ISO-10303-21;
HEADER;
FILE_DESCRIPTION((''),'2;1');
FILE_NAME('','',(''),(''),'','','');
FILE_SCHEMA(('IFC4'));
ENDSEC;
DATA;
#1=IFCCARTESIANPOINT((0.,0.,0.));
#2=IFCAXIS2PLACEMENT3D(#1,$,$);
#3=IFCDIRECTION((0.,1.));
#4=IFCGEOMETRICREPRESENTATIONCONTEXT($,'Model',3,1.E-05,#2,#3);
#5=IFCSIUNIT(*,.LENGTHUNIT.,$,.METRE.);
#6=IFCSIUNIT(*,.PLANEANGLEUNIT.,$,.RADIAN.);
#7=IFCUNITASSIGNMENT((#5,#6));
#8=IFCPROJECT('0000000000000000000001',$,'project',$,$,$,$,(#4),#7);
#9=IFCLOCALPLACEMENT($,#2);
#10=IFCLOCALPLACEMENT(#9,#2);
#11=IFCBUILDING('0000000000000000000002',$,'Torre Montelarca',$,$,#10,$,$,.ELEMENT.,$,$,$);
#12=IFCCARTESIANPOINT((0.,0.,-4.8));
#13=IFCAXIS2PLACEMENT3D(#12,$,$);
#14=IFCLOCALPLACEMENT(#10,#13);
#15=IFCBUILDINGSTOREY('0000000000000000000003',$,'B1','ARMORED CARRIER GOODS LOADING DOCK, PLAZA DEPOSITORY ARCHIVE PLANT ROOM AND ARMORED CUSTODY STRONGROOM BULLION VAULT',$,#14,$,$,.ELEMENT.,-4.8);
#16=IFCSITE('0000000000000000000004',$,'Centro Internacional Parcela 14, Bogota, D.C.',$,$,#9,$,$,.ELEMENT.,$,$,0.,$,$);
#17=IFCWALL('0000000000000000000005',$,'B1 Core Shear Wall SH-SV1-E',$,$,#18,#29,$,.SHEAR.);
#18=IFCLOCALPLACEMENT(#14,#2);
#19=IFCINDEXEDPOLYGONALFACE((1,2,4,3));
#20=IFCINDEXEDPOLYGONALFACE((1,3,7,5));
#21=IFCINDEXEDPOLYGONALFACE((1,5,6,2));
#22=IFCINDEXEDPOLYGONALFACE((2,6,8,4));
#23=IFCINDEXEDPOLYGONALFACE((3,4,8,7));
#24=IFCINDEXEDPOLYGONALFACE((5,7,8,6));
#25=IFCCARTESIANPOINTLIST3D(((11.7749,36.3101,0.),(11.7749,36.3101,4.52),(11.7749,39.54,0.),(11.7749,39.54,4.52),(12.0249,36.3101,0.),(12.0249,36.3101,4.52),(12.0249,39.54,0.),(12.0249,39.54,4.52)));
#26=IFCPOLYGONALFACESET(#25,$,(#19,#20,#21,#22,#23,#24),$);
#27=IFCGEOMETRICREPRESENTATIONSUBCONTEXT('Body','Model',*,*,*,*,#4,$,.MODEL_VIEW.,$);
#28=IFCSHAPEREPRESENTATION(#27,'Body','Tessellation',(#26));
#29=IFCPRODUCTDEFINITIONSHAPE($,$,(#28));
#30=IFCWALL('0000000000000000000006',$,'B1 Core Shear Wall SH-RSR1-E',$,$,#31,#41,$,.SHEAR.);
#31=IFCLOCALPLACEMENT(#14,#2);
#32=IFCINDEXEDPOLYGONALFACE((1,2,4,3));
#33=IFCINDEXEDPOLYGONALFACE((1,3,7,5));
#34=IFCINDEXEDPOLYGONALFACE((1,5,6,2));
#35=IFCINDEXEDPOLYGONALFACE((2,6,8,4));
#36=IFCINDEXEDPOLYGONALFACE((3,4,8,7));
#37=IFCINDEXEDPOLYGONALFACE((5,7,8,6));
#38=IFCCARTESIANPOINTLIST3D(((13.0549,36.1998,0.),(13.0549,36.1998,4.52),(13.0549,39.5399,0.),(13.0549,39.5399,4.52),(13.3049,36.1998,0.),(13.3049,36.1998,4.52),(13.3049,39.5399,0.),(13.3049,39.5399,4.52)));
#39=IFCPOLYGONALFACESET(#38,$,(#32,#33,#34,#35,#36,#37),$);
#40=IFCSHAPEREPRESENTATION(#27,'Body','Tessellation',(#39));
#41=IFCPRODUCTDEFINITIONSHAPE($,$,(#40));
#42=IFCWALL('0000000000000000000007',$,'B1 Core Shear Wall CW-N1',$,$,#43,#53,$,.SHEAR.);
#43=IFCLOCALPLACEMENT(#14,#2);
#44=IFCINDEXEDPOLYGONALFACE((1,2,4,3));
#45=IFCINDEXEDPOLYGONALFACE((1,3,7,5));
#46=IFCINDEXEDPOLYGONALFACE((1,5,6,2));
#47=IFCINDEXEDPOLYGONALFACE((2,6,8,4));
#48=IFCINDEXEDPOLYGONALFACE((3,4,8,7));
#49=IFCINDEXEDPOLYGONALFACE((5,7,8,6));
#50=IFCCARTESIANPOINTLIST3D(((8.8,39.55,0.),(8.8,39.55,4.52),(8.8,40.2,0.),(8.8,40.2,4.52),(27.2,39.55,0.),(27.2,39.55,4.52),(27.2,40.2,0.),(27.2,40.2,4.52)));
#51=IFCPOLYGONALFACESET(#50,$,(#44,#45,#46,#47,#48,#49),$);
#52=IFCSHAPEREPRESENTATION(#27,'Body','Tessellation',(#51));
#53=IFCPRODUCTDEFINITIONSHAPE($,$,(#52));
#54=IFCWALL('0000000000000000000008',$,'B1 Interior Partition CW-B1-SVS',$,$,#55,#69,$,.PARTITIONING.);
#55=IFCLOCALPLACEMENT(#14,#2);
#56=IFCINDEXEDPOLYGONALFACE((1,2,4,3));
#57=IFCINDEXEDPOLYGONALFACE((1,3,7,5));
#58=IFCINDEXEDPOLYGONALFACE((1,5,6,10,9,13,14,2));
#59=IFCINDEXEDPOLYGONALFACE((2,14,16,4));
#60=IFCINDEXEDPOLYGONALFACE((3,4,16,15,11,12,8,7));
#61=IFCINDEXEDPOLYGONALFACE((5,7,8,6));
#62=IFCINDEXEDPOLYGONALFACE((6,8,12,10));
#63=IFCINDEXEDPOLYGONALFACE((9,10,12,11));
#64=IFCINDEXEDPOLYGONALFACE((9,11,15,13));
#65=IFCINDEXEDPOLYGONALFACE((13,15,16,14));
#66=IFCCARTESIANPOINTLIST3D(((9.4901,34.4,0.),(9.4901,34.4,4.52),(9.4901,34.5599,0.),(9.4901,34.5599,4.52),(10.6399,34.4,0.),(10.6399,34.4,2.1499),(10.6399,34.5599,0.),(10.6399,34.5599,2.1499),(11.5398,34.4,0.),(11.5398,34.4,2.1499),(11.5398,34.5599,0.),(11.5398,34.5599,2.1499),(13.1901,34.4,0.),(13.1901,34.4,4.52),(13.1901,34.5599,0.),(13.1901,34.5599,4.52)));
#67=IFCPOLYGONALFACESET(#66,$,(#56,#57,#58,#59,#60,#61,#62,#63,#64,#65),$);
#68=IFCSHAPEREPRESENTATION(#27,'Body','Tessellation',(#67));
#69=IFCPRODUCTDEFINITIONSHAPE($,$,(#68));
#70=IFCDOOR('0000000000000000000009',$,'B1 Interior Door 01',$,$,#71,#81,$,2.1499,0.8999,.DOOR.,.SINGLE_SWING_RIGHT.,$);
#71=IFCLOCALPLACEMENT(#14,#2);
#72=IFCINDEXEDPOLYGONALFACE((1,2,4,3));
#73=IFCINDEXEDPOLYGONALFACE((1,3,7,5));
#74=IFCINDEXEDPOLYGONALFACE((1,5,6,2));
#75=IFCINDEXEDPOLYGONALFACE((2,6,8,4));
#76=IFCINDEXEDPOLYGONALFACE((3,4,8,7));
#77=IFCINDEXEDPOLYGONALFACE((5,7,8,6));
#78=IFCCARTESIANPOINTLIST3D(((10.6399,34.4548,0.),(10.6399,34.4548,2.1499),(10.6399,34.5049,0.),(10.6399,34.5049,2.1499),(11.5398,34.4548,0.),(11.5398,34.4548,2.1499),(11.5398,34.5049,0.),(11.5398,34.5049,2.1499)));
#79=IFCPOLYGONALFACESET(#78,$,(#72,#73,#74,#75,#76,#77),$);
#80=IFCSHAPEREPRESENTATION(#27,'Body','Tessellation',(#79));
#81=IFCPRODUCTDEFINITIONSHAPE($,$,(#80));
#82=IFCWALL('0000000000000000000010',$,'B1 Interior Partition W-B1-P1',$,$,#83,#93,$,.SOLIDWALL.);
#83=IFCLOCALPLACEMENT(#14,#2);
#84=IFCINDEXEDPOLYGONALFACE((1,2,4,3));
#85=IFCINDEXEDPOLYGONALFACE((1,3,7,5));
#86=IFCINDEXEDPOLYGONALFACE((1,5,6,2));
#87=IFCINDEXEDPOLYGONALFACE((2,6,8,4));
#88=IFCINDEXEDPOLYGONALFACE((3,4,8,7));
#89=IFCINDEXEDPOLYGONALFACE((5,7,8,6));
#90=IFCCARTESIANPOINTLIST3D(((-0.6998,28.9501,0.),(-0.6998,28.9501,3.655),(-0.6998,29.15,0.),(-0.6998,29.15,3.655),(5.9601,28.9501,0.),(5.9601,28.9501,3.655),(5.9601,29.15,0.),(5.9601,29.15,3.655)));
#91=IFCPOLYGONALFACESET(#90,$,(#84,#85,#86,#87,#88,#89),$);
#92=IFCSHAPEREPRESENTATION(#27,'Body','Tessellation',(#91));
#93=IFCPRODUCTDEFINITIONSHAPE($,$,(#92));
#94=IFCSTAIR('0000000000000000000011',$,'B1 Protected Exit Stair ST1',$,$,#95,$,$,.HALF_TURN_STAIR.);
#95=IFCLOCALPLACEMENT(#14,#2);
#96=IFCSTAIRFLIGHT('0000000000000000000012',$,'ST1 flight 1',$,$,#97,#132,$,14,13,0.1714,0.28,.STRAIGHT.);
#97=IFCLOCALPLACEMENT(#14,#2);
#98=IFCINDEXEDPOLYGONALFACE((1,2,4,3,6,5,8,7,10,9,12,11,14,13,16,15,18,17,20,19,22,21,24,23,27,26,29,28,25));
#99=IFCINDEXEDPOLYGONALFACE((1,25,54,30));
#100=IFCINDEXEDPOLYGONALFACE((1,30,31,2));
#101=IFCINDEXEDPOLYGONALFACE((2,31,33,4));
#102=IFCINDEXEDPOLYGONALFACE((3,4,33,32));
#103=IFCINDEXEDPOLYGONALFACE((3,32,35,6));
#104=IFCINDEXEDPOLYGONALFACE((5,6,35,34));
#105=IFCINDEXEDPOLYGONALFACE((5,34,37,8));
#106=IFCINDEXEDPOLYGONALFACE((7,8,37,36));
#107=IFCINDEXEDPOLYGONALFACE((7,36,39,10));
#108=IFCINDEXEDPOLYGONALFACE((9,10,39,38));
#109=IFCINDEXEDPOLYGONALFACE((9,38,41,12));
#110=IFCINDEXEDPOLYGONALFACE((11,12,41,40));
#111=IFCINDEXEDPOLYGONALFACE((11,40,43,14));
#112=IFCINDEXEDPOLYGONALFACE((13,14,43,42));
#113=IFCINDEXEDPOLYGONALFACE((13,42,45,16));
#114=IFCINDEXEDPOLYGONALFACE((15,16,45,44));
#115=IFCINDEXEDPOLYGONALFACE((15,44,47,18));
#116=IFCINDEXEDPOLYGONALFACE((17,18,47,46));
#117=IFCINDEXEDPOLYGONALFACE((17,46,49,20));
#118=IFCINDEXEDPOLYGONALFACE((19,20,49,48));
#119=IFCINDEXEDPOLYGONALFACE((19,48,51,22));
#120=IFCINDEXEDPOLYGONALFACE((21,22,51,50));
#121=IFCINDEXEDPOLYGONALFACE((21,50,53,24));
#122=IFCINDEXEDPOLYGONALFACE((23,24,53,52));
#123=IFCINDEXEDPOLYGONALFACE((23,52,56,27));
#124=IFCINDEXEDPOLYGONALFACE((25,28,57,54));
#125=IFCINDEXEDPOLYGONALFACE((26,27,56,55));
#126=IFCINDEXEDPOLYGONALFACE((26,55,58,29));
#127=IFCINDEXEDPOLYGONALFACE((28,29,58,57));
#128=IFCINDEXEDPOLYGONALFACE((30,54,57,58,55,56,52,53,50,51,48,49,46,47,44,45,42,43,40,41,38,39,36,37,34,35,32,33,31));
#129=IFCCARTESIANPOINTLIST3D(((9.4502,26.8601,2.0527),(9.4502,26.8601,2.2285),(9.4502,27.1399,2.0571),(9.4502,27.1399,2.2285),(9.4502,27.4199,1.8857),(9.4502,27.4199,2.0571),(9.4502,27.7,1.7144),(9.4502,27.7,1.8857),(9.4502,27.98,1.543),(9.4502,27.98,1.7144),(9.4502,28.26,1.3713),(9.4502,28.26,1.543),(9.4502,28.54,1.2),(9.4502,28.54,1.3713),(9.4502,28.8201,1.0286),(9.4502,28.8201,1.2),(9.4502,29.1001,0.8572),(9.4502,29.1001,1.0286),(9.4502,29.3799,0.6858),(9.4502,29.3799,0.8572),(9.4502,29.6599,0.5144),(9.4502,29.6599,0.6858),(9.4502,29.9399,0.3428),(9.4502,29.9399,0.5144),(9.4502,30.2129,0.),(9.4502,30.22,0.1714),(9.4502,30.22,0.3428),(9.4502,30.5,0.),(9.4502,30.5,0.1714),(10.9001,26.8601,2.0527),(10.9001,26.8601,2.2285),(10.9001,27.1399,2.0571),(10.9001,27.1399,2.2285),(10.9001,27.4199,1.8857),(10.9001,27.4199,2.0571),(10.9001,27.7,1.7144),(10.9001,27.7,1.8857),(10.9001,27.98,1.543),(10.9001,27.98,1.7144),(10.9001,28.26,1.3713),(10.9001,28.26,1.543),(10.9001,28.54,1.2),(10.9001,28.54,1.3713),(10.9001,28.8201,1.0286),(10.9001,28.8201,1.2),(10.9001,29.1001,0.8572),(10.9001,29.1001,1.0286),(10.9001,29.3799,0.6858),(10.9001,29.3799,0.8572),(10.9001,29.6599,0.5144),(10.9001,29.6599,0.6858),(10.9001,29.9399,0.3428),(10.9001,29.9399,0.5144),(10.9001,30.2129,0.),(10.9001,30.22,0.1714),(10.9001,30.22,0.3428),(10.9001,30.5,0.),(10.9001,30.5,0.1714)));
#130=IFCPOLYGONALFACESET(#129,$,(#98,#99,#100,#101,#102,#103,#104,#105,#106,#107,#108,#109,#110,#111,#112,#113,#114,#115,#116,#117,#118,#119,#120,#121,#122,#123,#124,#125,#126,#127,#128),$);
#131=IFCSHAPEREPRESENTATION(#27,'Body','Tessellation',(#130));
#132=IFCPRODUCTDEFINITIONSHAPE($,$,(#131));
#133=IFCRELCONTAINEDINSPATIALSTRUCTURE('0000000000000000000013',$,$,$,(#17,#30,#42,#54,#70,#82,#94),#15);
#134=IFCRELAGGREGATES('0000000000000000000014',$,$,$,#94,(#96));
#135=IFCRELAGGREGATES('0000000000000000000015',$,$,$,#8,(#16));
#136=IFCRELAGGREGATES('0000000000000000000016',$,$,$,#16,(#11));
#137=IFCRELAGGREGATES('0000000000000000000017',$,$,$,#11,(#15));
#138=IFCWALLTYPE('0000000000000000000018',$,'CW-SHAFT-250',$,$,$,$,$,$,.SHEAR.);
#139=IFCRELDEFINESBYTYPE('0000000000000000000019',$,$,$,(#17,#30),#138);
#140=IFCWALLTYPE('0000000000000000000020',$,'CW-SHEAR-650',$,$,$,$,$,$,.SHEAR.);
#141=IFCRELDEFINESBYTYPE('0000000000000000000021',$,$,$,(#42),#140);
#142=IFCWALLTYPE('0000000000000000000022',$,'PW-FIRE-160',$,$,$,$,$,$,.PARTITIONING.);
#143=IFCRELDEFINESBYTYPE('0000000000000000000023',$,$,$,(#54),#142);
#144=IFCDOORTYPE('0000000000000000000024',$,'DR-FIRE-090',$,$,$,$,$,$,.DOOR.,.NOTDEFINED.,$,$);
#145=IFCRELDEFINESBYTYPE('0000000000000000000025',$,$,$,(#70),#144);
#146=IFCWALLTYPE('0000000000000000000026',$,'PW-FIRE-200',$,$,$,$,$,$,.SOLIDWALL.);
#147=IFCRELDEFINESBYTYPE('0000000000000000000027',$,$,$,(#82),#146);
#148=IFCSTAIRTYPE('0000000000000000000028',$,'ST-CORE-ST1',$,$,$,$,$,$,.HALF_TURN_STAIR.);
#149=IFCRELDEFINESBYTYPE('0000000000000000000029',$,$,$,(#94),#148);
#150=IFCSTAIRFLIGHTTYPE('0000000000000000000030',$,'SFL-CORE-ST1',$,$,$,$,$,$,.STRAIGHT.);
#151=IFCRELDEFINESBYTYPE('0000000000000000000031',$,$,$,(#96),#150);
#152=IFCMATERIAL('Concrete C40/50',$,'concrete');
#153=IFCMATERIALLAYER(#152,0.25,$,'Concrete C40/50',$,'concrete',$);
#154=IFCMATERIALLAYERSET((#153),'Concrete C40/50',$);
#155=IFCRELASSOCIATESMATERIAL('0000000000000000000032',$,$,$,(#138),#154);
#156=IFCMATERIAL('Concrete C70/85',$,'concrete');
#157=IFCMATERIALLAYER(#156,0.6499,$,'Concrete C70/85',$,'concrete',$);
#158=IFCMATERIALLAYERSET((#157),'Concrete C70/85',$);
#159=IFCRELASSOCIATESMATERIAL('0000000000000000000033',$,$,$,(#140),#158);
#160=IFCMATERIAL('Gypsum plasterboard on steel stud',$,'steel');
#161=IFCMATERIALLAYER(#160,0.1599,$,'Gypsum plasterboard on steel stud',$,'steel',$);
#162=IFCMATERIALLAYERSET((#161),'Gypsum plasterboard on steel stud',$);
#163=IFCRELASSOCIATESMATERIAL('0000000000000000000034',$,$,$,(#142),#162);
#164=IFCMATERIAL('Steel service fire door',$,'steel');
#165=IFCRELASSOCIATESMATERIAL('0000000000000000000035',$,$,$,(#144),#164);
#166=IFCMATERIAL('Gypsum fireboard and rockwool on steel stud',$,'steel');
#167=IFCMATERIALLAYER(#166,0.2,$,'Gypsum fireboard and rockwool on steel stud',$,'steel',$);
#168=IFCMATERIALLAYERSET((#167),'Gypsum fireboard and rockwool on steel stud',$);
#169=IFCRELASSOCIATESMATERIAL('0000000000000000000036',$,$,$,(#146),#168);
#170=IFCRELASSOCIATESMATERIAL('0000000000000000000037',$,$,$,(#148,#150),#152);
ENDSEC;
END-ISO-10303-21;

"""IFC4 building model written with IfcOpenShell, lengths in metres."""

from ifc_helpers import new_model, si_unit, direction, frame, frame_2d, origin, place, context, subcontext, project, spatial, polyline, rectangle, outline, extrude, source, transform, mapped, material, layer, layer_set, type_object, element, fill, aggregate, save


model = new_model("IFC4")

# Units and contexts
model_context = context("Model", 3, precision=1e-05, world=origin(), true_north=direction((0.0, 1.0)))
body_context = subcontext(model_context, "Body", "Model", "MODEL_VIEW")
ifc_project = project(units=[si_unit("LENGTHUNIT", "METRE"), si_unit("PLANEANGLEUNIT", "RADIAN")], contexts=[model_context])

# Site, building, storey
site_placement = place(None, origin())
site = spatial("IfcSite", under=ifc_project, at=site_placement, Name="Centro Internacional Parcela 14, Bogota, D.C.", CompositionType="ELEMENT", RefElevation=0.0)
building_placement = place(site_placement, origin())
building = spatial("IfcBuilding", under=site, at=building_placement, Name="Torre Montelarca", CompositionType="ELEMENT")
storey_placement = place(building_placement, frame((0.0, 0.0, -4.8)))
storey = spatial("IfcBuildingStorey", under=building, at=storey_placement, Name="B1", Description="ARMORED CARRIER GOODS LOADING DOCK, PLAZA DEPOSITORY ARCHIVE PLANT ROOM AND ARMORED CUSTODY STRONGROOM BULLION VAULT", CompositionType="ELEMENT", Elevation=-4.8)

# Shared definitions
ifc_material_1 = material(Name="Concrete C70/85", Category="concrete")

# Shared definitions
ifc_material_2 = material(Name="Concrete C40/50", Category="concrete")
ifc_layer_1 = layer(ifc_material_2, 0.25, Name="Concrete C40/50", Category="concrete")
ifc_layer_set_1 = layer_set([ifc_layer_1], Name="Concrete C40/50")
wall_type_1 = type_object("IfcWallType", Name="CW-SHAFT-250", PredefinedType="SHEAR", material=ifc_layer_set_1)

# Walls
wall_1_placement = place(storey_placement, frame((11.8999, 36.3101, 0.0), z_axis=(0.0, 0.0, 1.0), x_axis=(0.0, 1.0, 0.0)))
element("IfcWall", 1, at=wall_1_placement, inside=storey, type_object=wall_type_1, Name="B1 Core Shear Wall SH-SV1-E", PredefinedType="SHEAR", context=body_context, shape_type="SweptSolid", body=[
    extrude(rectangle(XDim=3.23, YDim=0.25, at=frame_2d((1.615, 0.0))), origin(), (0.0, 0.0, 1.0), 4.52),
])
wall_2_placement = place(storey_placement, frame((13.1799, 36.2, 0.0), z_axis=(0.0, 0.0, 1.0), x_axis=(0.0, 1.0, 0.0)))
element("IfcWall", 2, at=wall_2_placement, inside=storey, type_object=wall_type_1, Name="B1 Core Shear Wall SH-RSR1-E", PredefinedType="SHEAR", context=body_context, shape_type="SweptSolid", body=[
    extrude(rectangle(XDim=3.3401, YDim=0.25, at=frame_2d((1.6699, 0.0))), origin(), (0.0, 0.0, 1.0), 4.52),
])
ifc_layer_2 = layer(ifc_material_1, 0.6499, Name="Concrete C70/85", Category="concrete")
ifc_layer_set_2 = layer_set([ifc_layer_2], Name="Concrete C70/85")
wall_type_2 = type_object("IfcWallType", Name="CW-SHEAR-650", PredefinedType="SHEAR", material=ifc_layer_set_2)
wall_3_placement = place(storey_placement, frame((8.8, 39.875, 0.0), z_axis=(0.0, 0.0, 1.0), x_axis=(1.0, 0.0, 0.0)))
element("IfcWall", 3, at=wall_3_placement, inside=storey, type_object=wall_type_2, Name="B1 Core Shear Wall CW-N1", PredefinedType="SHEAR", context=body_context, shape_type="SweptSolid", body=[
    extrude(rectangle(XDim=18.3999, YDim=0.6499, at=frame_2d((9.2, 0.0))), origin(), (0.0, 0.0, 1.0), 4.52),
])

# Wall, opening, door
ifc_material_3 = material(Name="Gypsum plasterboard on steel stud", Category="steel")
ifc_layer_3 = layer(ifc_material_3, 0.1599, Name="Gypsum plasterboard on steel stud", Category="steel")
ifc_layer_set_3 = layer_set([ifc_layer_3], Name="Gypsum plasterboard on steel stud")
wall_type_3 = type_object("IfcWallType", Name="PW-FIRE-160", PredefinedType="PARTITIONING", material=ifc_layer_set_3)
wall_4_placement = place(storey_placement, frame((9.49, 34.48, 0.0), z_axis=(0.0, 0.0, 1.0), x_axis=(1.0, 0.0, 0.0)))
wall_4 = element("IfcWall", 4, at=wall_4_placement, inside=storey, type_object=wall_type_3, Name="B1 Interior Partition CW-B1-SVS", PredefinedType="PARTITIONING", context=body_context, shape_type="SweptSolid", body=[
    extrude(rectangle(XDim=3.7, YDim=0.1599, at=frame_2d((1.8501, 0.0))), origin(), (0.0, 0.0, 1.0), 4.52),
])
opening_1_placement = place(wall_4_placement, frame((1.1499, 0.0, 0.0)))
opening_1 = element("IfcOpeningElement", 5, at=opening_1_placement, cuts=wall_4, PredefinedType="OPENING", context=body_context, shape_type="SweptSolid", body=[
    extrude(rectangle(XDim=0.8999, YDim=2.1499, at=frame_2d((0.45, 1.075))), frame((0.0, 0.0898, 0.0), z_axis=(0.0, -1.0, 0.0), x_axis=(1.0, 0.0, 0.0)), (0.0, 0.0, 1.0), 0.1799),
])
ifc_material_4 = material(Name="Steel service fire door", Category="steel")
door_type_1 = type_object("IfcDoorType", Name="DR-FIRE-090", OperationType="NOTDEFINED", PredefinedType="DOOR", material=ifc_material_4)
shared_shape_1 = source(origin(), body_context, "Body", "SweptSolid", [
    extrude(rectangle(XDim=0.8999, YDim=2.1499, at=frame_2d((0.45, 1.075))), frame((0.0, 0.0249, 0.0), z_axis=(0.0, -1.0, 0.0), x_axis=(1.0, 0.0, 0.0)), (0.0, 0.0, 1.0), 0.05),
])
door_1_placement = place(opening_1_placement, origin())
door_1 = element("IfcDoor", 6, at=door_1_placement, inside=storey, type_object=door_type_1, Name="B1 Interior Door 01", OperationType="SINGLE_SWING_RIGHT", OverallHeight=2.1499, OverallWidth=0.8999, PredefinedType="DOOR", context=body_context, shape_type="MappedRepresentation", body=[
    mapped(shared_shape_1, transform((0.0, 0.0, 0.0), scale=1.0)),
])
fill(opening_1, door_1)

# Wall
ifc_material_5 = material(Name="Gypsum fireboard and rockwool on steel stud", Category="steel")
ifc_layer_4 = layer(ifc_material_5, 0.2, Name="Gypsum fireboard and rockwool on steel stud", Category="steel")
ifc_layer_set_4 = layer_set([ifc_layer_4], Name="Gypsum fireboard and rockwool on steel stud")
wall_type_4 = type_object("IfcWallType", Name="PW-FIRE-200", PredefinedType="SOLIDWALL", material=ifc_layer_set_4)
wall_5_placement = place(storey_placement, frame((-0.7, 29.05, 0.0), z_axis=(0.0, 0.0, 1.0), x_axis=(1.0, 0.0, 0.0)))
element("IfcWall", 7, at=wall_5_placement, inside=storey, type_object=wall_type_4, Name="B1 Interior Partition W-B1-P1", PredefinedType="SOLIDWALL", context=body_context, shape_type="SweptSolid", body=[
    extrude(rectangle(XDim=6.6599, YDim=0.2, at=frame_2d((3.3301, 0.0))), origin(), (0.0, 0.0, 1.0), 3.655),
])

# Stair, stair flight
stair_type = type_object("IfcStairType", Name="ST-CORE-ST1", PredefinedType="HALF_TURN_STAIR", material=ifc_material_2)
stair_placement = place(storey_placement, origin())
stair = element("IfcStair", 8, at=stair_placement, inside=storey, type_object=stair_type, Name="B1 Protected Exit Stair ST1", PredefinedType="HALF_TURN_STAIR")
stair_flight_type = type_object("IfcStairFlightType", Name="SFL-CORE-ST1", PredefinedType="STRAIGHT", material=ifc_material_2)
stair_flight_placement = place(storey_placement, frame((10.175, 30.5, 0.0), z_axis=(0.0, 0.0, 1.0), x_axis=(0.0, -1.0, 0.0)))
stair_flight = element("IfcStairFlight", 9, at=stair_flight_placement, type_object=stair_flight_type, Name="ST1 flight 1", NumberOfRisers=14, NumberOfTreads=13, PredefinedType="STRAIGHT", RiserHeight=0.1714, TreadLength=0.28, context=body_context, shape_type="SweptSolid", body=[
    extrude(outline(polyline([(0.0, 0.0), (0.0, 0.1714), (0.28, 0.1714), (0.28, 0.3428), (0.5601, 0.3428), (0.5601, 0.5144), (0.8401, 0.5144), (0.8401, 0.6858), (1.1201, 0.6858), (1.1201, 0.8572), (1.3999, 0.8572), (1.3999, 1.0286), (1.6799, 1.0286), (1.6799, 1.2), (1.96, 1.2), (1.96, 1.3713), (2.24, 1.3713), (2.24, 1.543), (2.52, 1.543), (2.52, 1.7144), (2.8, 1.7144), (2.8, 1.8857), (3.0801, 1.8857), (3.0801, 2.0571), (3.3601, 2.0571), (3.3601, 2.2285), (3.6399, 2.2285), (3.6399, 2.3999), (3.6399, 2.0527), (0.2871, 0.0), (0.0, 0.0)])), frame((0.0, 0.7251, 0.0), z_axis=(0.0, -1.0, 0.0), x_axis=(1.0, 0.0, 0.0)), (0.0, 0.0, 1.0), 1.45),
])
aggregate(stair, [stair_flight])

save(model, "model.ifc")
